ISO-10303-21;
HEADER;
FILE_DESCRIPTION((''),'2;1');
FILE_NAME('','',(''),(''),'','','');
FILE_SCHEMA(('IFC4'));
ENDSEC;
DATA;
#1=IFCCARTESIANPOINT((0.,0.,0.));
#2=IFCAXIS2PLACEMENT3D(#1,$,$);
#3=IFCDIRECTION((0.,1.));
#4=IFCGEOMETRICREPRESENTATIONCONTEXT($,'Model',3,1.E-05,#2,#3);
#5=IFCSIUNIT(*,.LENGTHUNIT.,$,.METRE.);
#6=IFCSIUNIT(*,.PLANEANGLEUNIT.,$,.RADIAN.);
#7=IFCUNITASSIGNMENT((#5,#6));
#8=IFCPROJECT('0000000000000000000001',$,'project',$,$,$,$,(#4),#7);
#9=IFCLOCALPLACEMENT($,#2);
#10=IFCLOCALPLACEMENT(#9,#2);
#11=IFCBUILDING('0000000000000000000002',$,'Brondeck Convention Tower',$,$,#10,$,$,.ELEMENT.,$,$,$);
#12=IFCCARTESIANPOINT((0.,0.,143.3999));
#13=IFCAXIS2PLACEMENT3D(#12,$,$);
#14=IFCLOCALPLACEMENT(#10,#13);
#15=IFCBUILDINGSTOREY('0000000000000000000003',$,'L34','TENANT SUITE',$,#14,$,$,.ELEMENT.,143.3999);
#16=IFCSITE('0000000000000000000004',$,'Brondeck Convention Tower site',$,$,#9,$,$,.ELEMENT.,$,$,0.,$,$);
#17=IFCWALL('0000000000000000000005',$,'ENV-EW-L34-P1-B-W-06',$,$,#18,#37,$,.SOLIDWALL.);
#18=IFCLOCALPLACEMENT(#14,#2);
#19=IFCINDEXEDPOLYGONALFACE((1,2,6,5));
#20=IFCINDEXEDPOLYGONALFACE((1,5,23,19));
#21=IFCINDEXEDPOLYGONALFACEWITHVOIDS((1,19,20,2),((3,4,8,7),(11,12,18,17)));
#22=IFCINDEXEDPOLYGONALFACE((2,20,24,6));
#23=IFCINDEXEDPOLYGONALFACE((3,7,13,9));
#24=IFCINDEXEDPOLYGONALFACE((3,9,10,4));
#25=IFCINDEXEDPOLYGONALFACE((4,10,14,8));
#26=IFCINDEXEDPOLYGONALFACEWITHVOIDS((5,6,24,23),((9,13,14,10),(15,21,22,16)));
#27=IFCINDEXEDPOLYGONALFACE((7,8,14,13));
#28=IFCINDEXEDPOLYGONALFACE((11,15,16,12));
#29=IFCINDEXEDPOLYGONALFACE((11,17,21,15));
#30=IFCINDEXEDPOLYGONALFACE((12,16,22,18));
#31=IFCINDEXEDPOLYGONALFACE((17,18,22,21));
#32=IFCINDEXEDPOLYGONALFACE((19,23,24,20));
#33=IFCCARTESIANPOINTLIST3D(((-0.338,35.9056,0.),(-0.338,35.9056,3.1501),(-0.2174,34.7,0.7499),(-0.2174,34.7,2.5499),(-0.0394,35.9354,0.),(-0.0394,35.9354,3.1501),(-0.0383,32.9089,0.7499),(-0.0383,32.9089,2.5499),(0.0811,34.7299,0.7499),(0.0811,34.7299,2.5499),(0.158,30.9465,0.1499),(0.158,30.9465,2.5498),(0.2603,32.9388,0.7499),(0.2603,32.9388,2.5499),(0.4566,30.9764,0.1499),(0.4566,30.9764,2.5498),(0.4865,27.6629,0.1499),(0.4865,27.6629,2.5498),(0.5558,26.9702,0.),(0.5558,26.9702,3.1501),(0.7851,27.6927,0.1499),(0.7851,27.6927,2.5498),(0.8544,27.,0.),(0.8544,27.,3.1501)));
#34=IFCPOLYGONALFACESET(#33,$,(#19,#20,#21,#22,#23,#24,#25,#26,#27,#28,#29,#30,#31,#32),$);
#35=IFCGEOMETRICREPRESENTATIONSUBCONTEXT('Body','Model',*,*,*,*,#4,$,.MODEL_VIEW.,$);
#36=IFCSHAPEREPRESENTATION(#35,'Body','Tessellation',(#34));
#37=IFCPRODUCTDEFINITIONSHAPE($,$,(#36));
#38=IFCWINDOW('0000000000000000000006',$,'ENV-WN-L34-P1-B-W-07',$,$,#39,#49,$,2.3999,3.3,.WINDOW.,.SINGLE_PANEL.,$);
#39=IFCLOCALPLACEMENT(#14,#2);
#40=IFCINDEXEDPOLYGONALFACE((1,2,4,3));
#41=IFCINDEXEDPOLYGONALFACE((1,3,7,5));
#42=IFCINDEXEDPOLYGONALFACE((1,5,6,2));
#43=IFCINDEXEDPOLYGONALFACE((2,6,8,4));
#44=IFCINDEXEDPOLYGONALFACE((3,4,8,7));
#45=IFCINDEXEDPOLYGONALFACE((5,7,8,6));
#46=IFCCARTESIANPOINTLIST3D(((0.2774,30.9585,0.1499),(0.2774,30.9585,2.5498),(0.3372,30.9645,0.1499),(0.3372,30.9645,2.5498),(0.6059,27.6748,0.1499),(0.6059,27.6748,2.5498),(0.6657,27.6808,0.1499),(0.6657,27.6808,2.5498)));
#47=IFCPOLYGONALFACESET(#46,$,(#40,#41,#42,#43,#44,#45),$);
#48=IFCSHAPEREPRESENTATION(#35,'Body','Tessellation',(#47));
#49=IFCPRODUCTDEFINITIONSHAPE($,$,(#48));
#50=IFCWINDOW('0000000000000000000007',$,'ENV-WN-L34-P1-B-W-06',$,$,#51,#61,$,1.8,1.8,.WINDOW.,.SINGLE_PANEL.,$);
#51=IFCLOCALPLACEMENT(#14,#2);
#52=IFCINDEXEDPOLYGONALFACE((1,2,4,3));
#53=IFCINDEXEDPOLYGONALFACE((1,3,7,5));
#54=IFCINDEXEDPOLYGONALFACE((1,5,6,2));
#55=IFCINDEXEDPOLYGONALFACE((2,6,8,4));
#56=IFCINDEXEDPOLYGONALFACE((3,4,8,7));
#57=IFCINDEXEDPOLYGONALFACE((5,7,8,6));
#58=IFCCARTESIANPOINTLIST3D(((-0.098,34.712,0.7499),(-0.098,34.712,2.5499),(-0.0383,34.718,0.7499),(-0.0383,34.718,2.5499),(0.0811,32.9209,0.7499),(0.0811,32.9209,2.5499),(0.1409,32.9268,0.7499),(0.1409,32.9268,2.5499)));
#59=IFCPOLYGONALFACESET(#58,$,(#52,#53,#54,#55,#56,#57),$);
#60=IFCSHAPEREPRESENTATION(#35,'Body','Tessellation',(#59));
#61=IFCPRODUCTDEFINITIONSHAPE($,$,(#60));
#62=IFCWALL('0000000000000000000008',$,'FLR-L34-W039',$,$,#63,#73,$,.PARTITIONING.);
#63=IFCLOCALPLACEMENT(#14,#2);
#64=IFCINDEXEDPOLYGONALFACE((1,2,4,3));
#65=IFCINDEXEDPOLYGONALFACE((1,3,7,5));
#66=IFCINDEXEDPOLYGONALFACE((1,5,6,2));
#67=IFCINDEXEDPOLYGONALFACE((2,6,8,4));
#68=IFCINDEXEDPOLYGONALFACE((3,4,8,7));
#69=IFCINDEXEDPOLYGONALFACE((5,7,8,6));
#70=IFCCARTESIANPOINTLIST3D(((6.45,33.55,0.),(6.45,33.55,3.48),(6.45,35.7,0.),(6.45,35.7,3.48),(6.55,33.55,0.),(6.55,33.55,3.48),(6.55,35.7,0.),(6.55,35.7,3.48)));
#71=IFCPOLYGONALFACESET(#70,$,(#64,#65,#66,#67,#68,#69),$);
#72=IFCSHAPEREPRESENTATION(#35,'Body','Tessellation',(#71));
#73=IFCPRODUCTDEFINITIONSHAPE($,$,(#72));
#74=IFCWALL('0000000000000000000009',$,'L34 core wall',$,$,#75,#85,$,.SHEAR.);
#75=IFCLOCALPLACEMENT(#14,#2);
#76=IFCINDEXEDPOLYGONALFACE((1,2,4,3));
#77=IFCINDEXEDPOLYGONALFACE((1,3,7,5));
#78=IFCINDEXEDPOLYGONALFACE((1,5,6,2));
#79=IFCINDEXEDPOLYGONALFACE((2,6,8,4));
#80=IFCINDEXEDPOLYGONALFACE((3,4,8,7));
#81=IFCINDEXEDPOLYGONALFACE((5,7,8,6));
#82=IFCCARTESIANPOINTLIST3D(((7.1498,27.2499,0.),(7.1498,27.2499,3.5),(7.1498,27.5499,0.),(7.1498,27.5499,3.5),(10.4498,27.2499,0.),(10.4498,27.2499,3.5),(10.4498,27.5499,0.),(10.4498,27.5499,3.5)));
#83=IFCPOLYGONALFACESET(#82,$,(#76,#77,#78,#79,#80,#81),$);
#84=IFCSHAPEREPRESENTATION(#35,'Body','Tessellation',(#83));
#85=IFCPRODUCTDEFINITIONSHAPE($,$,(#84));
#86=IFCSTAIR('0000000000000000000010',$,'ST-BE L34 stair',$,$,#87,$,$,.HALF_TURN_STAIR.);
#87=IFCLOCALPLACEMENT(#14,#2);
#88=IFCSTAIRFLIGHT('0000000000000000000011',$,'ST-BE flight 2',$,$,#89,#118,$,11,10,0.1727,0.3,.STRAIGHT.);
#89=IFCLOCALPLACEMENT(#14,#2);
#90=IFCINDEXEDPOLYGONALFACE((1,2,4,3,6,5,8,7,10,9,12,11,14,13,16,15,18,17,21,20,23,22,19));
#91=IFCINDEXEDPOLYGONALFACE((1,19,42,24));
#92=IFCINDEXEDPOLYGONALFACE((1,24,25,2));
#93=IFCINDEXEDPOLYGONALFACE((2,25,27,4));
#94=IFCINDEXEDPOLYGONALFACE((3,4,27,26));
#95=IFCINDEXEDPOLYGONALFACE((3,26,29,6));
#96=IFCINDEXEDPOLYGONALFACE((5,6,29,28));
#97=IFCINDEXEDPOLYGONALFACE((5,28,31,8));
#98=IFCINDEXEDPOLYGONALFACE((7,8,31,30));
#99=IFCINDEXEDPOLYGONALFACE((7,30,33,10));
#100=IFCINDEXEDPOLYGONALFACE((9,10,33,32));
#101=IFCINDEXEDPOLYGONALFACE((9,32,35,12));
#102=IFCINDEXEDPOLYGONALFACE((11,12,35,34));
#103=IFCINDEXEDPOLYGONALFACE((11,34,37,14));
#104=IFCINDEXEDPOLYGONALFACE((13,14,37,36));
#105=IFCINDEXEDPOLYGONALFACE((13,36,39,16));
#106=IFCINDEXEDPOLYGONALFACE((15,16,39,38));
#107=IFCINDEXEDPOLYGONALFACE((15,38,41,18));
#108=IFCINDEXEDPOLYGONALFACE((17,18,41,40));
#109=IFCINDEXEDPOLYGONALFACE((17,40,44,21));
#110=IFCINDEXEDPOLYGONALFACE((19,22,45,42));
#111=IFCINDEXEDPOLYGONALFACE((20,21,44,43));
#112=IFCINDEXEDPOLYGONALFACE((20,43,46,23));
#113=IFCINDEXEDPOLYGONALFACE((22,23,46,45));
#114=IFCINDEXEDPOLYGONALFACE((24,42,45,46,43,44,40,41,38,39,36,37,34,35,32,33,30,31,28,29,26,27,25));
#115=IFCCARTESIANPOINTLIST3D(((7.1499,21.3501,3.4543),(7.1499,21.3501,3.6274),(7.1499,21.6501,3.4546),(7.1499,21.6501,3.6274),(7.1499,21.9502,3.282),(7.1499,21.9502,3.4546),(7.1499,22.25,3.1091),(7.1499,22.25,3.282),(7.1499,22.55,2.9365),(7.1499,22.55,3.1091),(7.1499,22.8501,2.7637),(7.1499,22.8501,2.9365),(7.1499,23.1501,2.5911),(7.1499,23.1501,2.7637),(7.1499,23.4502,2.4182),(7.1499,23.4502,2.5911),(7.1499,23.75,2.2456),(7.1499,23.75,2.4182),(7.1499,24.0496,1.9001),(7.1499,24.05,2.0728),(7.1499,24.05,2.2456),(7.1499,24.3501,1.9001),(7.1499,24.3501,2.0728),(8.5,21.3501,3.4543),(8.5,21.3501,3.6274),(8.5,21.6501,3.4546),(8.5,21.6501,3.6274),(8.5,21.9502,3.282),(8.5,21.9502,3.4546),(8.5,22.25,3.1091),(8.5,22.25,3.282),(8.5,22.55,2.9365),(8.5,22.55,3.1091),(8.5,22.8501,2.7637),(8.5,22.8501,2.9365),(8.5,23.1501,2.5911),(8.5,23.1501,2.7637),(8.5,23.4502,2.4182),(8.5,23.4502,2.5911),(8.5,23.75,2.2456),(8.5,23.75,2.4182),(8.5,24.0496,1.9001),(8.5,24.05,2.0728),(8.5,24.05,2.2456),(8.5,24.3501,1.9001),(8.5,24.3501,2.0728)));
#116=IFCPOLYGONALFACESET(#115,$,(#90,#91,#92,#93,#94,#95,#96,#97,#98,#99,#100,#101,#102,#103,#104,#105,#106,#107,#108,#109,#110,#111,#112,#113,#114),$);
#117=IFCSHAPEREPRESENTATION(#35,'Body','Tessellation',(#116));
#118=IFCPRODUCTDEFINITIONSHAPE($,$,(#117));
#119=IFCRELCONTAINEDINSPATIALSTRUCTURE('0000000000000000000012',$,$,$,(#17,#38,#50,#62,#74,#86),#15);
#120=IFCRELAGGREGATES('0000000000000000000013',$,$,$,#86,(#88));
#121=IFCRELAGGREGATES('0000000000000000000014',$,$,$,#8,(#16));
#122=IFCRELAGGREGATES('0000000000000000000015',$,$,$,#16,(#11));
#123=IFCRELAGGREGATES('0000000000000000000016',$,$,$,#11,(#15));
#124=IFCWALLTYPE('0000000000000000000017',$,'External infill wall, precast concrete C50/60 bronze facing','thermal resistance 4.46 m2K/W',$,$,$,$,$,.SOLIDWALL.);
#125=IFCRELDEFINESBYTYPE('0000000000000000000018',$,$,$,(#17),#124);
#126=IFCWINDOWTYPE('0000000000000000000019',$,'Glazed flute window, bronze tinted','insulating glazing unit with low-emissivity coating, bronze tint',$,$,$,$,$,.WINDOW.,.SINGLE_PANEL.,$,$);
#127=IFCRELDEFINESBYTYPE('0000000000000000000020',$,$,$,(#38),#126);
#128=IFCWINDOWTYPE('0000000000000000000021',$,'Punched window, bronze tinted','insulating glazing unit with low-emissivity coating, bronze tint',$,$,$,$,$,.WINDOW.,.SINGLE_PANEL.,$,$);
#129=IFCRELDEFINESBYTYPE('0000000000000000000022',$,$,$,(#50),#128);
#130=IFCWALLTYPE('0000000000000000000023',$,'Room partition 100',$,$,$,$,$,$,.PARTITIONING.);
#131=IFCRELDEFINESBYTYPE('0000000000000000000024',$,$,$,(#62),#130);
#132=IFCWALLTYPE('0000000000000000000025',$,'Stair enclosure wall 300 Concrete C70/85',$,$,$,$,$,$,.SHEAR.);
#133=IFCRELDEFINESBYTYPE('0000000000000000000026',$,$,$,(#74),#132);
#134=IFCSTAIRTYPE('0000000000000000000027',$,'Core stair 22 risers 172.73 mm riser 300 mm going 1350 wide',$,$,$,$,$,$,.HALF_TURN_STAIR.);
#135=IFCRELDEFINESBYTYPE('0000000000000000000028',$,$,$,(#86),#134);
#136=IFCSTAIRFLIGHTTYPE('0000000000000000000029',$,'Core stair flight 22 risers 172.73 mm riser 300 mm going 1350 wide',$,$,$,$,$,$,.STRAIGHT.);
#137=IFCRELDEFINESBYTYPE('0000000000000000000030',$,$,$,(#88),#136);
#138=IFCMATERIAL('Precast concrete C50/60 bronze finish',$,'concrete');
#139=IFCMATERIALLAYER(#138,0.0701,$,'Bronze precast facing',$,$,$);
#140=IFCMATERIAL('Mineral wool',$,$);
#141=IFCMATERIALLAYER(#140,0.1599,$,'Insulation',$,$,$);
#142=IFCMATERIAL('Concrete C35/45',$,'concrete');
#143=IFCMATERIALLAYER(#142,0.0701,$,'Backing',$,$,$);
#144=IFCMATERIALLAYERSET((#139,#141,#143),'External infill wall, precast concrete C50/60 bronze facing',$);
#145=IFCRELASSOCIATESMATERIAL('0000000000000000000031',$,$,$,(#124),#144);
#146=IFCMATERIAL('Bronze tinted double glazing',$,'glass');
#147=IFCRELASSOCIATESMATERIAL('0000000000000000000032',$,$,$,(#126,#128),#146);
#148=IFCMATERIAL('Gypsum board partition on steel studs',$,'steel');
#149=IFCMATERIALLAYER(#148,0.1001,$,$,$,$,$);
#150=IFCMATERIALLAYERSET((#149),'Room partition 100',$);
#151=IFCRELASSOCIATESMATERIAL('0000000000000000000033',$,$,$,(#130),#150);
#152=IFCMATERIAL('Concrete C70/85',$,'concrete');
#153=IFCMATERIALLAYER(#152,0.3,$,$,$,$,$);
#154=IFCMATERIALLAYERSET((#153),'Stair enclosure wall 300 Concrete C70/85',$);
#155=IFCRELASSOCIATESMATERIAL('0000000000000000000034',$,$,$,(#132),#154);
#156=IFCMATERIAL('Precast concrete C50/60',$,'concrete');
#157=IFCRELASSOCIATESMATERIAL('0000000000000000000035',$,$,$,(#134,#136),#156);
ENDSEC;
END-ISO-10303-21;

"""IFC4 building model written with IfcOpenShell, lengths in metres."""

from ifc_helpers import new_model, si_unit, direction, frame, frame_2d, origin, place, context, subcontext, project, spatial, polyline, rectangle, outline, extrude, material, layer, layer_set, type_object, element, fill, aggregate, save


model = new_model("IFC4")

# Units and contexts
model_context = context("Model", 3, precision=1e-05, world=origin(), true_north=direction((0.0, 1.0)))
body_context = subcontext(model_context, "Body", "Model", "MODEL_VIEW")
ifc_project = project(units=[si_unit("LENGTHUNIT", "METRE"), si_unit("PLANEANGLEUNIT", "RADIAN")], contexts=[model_context])

# Site, building, storey
site_placement = place(None, origin())
site = spatial("IfcSite", under=ifc_project, at=site_placement, Name="Brondeck Convention Tower site", CompositionType="ELEMENT", RefElevation=0.0)
building_placement = place(site_placement, origin())
building = spatial("IfcBuilding", under=site, at=building_placement, Name="Brondeck Convention Tower", CompositionType="ELEMENT")
storey_placement = place(building_placement, frame((0.0, 0.0, 143.3999)))
storey = spatial("IfcBuildingStorey", under=building, at=storey_placement, Name="L34", Description="TENANT SUITE", CompositionType="ELEMENT", Elevation=143.3999)

# Shared definitions
ifc_material_1 = material(Name="Concrete C70/85", Category="concrete")

# Wall, openings, windows
ifc_material_2 = material(Name="Precast concrete C50/60 bronze finish", Category="concrete")
ifc_layer_1 = layer(ifc_material_2, 0.0701, Name="Bronze precast facing")
ifc_material_3 = material(Name="Mineral wool")
ifc_layer_2 = layer(ifc_material_3, 0.1599, Name="Insulation")
ifc_material_4 = material(Name="Concrete C35/45", Category="concrete")
ifc_layer_3 = layer(ifc_material_4, 0.0701, Name="Backing")
ifc_layer_set_1 = layer_set([ifc_layer_1, ifc_layer_2, ifc_layer_3], Name="External infill wall, precast concrete C50/60 bronze facing")
wall_type_1 = type_object("IfcWallType", Name="External infill wall, precast concrete C50/60 bronze facing", Description="thermal resistance 4.46 m2K/W", PredefinedType="SOLIDWALL", material=ifc_layer_set_1)
wall_1_placement = place(storey_placement, frame((0.7051, 26.9851, 0.0), z_axis=(0.0, 0.0, 1.0), x_axis=(-0.099533, 0.995034, 0.0)))
wall_1 = element("IfcWall", 1, at=wall_1_placement, inside=storey, type_object=wall_type_1, Name="ENV-EW-L34-P1-B-W-06", PredefinedType="SOLIDWALL", context=body_context, shape_type="SweptSolid", body=[
    extrude(rectangle(XDim=8.98, YDim=0.3, at=frame_2d((4.49, 0.0))), origin(), (0.0, 0.0, 1.0), 3.1501),
])
opening_1_placement = place(wall_1_placement, frame((0.6963, 0.0, 0.1499)))
opening_1 = element("IfcOpeningElement", 2, at=opening_1_placement, cuts=wall_1, PredefinedType="OPENING", context=body_context, shape_type="SweptSolid", body=[
    extrude(rectangle(XDim=3.3, YDim=2.3999, at=frame_2d((1.6499, 1.2))), frame((0.0, 0.1599, 0.0), z_axis=(0.0, -1.0, 0.0), x_axis=(1.0, 0.0, 0.0)), (0.0, 0.0, 1.0), 0.3201),
])
opening_2_placement = place(wall_1_placement, frame((5.9685, 0.0, 0.75)))
opening_2 = element("IfcOpeningElement", 3, at=opening_2_placement, cuts=wall_1, PredefinedType="OPENING", context=body_context, shape_type="SweptSolid", body=[
    extrude(rectangle(XDim=1.8, YDim=1.8, at=frame_2d((0.8999, 0.8999))), frame((0.0, 0.1599, 0.0), z_axis=(0.0, -1.0, 0.0), x_axis=(1.0, 0.0, 0.0)), (0.0, 0.0, 1.0), 0.3201),
])
ifc_material_5 = material(Name="Bronze tinted double glazing", Category="glass")
window_type_1 = type_object("IfcWindowType", Name="Glazed flute window, bronze tinted", Description="insulating glazing unit with low-emissivity coating, bronze tint", PartitioningType="SINGLE_PANEL", PredefinedType="WINDOW", material=ifc_material_5)
window_1_placement = place(opening_1_placement, origin())
window_1 = element("IfcWindow", 4, at=window_1_placement, inside=storey, type_object=window_type_1, Name="ENV-WN-L34-P1-B-W-07", OverallHeight=2.3999, OverallWidth=3.3, PartitioningType="SINGLE_PANEL", PredefinedType="WINDOW", context=body_context, shape_type="SweptSolid", body=[
    extrude(rectangle(XDim=3.3, YDim=2.3999, at=frame_2d((1.6499, 1.2))), frame((0.0, 0.03, 0.0), z_axis=(0.0, -1.0, 0.0), x_axis=(1.0, 0.0, 0.0)), (0.0, 0.0, 1.0), 0.0601),
])
fill(opening_1, window_1)
window_type_2 = type_object("IfcWindowType", Name="Punched window, bronze tinted", Description="insulating glazing unit with low-emissivity coating, bronze tint", PartitioningType="SINGLE_PANEL", PredefinedType="WINDOW", material=ifc_material_5)
window_2_placement = place(opening_2_placement, origin())
window_2 = element("IfcWindow", 5, at=window_2_placement, inside=storey, type_object=window_type_2, Name="ENV-WN-L34-P1-B-W-06", OverallHeight=1.8, OverallWidth=1.8, PartitioningType="SINGLE_PANEL", PredefinedType="WINDOW", context=body_context, shape_type="SweptSolid", body=[
    extrude(rectangle(XDim=1.8, YDim=1.8, at=frame_2d((0.8999, 0.8999))), frame((0.0, 0.03, 0.0), z_axis=(0.0, -1.0, 0.0), x_axis=(1.0, 0.0, 0.0)), (0.0, 0.0, 1.0), 0.0601),
])
fill(opening_2, window_2)

# Walls
ifc_material_6 = material(Name="Gypsum board partition on steel studs", Category="steel")
ifc_layer_4 = layer(ifc_material_6, 0.1001)
ifc_layer_set_2 = layer_set([ifc_layer_4], Name="Room partition 100")
wall_type_2 = type_object("IfcWallType", Name="Room partition 100", PredefinedType="PARTITIONING", material=ifc_layer_set_2)
wall_2_placement = place(storey_placement, frame((6.5, 33.55, 0.0), z_axis=(0.0, 0.0, 1.0), x_axis=(0.0, 1.0, 0.0)))
element("IfcWall", 6, at=wall_2_placement, inside=storey, type_object=wall_type_2, Name="FLR-L34-W039", PredefinedType="PARTITIONING", context=body_context, shape_type="SweptSolid", body=[
    extrude(rectangle(XDim=2.1499, YDim=0.1001, at=frame_2d((1.075, 0.0))), origin(), (0.0, 0.0, 1.0), 3.48),
])
ifc_layer_5 = layer(ifc_material_1, 0.3)
ifc_layer_set_3 = layer_set([ifc_layer_5], Name="Stair enclosure wall 300 Concrete C70/85")
wall_type_3 = type_object("IfcWallType", Name="Stair enclosure wall 300 Concrete C70/85", PredefinedType="SHEAR", material=ifc_layer_set_3)
wall_3_placement = place(storey_placement, frame((7.1499, 27.3999, 0.0), z_axis=(0.0, 0.0, 1.0), x_axis=(1.0, 0.0, 0.0)))
element("IfcWall", 7, at=wall_3_placement, inside=storey, type_object=wall_type_3, Name="L34 core wall", PredefinedType="SHEAR", context=body_context, shape_type="SweptSolid", body=[
    extrude(rectangle(XDim=3.3, YDim=0.3, at=frame_2d((1.6499, 0.0))), origin(), (0.0, 0.0, 1.0), 3.5),
])

# Stair, stair flight
ifc_material_7 = material(Name="Precast concrete C50/60", Category="concrete")
stair_type = type_object("IfcStairType", Name="Core stair 22 risers 172.73 mm riser 300 mm going 1350 wide", PredefinedType="HALF_TURN_STAIR", material=ifc_material_7)
stair_placement = place(storey_placement, origin())
stair = element("IfcStair", 8, at=stair_placement, inside=storey, type_object=stair_type, Name="ST-BE L34 stair", PredefinedType="HALF_TURN_STAIR")
stair_flight_type = type_object("IfcStairFlightType", Name="Core stair flight 22 risers 172.73 mm riser 300 mm going 1350 wide", PredefinedType="STRAIGHT", material=ifc_material_7)
stair_flight_placement = place(storey_placement, frame((7.825, 24.3501, 1.9001), z_axis=(0.0, 0.0, 1.0), x_axis=(0.0, -1.0, 0.0)))
stair_flight = element("IfcStairFlight", 9, at=stair_flight_placement, type_object=stair_flight_type, Name="ST-BE flight 2", NumberOfRisers=11, NumberOfTreads=10, PredefinedType="STRAIGHT", RiserHeight=0.1727, TreadLength=0.3, context=body_context, shape_type="SweptSolid", body=[
    extrude(outline(polyline([(0.0, 0.0), (0.0, 0.1726), (0.3, 0.1726), (0.3, 0.3455), (0.6001, 0.3455), (0.6001, 0.5181), (0.8999, 0.5181), (0.8999, 0.6909), (1.2, 0.6909), (1.2, 0.8635), (1.5, 0.8635), (1.5, 1.0364), (1.8, 1.0364), (1.8, 1.209), (2.1001, 1.209), (2.1001, 1.3818), (2.3999, 1.3818), (2.3999, 1.5544), (2.7, 1.5544), (2.7, 1.7273), (3.0, 1.7273), (3.0, 1.8999), (3.0, 1.5542), (0.3005, 0.0), (0.0, 0.0)])), frame((0.0, 0.675, 0.0), z_axis=(0.0, -1.0, 0.0), x_axis=(1.0, 0.0, 0.0)), (0.0, 0.0, 1.0), 1.3501),
])
aggregate(stair, [stair_flight])

save(model, "model.ifc")
